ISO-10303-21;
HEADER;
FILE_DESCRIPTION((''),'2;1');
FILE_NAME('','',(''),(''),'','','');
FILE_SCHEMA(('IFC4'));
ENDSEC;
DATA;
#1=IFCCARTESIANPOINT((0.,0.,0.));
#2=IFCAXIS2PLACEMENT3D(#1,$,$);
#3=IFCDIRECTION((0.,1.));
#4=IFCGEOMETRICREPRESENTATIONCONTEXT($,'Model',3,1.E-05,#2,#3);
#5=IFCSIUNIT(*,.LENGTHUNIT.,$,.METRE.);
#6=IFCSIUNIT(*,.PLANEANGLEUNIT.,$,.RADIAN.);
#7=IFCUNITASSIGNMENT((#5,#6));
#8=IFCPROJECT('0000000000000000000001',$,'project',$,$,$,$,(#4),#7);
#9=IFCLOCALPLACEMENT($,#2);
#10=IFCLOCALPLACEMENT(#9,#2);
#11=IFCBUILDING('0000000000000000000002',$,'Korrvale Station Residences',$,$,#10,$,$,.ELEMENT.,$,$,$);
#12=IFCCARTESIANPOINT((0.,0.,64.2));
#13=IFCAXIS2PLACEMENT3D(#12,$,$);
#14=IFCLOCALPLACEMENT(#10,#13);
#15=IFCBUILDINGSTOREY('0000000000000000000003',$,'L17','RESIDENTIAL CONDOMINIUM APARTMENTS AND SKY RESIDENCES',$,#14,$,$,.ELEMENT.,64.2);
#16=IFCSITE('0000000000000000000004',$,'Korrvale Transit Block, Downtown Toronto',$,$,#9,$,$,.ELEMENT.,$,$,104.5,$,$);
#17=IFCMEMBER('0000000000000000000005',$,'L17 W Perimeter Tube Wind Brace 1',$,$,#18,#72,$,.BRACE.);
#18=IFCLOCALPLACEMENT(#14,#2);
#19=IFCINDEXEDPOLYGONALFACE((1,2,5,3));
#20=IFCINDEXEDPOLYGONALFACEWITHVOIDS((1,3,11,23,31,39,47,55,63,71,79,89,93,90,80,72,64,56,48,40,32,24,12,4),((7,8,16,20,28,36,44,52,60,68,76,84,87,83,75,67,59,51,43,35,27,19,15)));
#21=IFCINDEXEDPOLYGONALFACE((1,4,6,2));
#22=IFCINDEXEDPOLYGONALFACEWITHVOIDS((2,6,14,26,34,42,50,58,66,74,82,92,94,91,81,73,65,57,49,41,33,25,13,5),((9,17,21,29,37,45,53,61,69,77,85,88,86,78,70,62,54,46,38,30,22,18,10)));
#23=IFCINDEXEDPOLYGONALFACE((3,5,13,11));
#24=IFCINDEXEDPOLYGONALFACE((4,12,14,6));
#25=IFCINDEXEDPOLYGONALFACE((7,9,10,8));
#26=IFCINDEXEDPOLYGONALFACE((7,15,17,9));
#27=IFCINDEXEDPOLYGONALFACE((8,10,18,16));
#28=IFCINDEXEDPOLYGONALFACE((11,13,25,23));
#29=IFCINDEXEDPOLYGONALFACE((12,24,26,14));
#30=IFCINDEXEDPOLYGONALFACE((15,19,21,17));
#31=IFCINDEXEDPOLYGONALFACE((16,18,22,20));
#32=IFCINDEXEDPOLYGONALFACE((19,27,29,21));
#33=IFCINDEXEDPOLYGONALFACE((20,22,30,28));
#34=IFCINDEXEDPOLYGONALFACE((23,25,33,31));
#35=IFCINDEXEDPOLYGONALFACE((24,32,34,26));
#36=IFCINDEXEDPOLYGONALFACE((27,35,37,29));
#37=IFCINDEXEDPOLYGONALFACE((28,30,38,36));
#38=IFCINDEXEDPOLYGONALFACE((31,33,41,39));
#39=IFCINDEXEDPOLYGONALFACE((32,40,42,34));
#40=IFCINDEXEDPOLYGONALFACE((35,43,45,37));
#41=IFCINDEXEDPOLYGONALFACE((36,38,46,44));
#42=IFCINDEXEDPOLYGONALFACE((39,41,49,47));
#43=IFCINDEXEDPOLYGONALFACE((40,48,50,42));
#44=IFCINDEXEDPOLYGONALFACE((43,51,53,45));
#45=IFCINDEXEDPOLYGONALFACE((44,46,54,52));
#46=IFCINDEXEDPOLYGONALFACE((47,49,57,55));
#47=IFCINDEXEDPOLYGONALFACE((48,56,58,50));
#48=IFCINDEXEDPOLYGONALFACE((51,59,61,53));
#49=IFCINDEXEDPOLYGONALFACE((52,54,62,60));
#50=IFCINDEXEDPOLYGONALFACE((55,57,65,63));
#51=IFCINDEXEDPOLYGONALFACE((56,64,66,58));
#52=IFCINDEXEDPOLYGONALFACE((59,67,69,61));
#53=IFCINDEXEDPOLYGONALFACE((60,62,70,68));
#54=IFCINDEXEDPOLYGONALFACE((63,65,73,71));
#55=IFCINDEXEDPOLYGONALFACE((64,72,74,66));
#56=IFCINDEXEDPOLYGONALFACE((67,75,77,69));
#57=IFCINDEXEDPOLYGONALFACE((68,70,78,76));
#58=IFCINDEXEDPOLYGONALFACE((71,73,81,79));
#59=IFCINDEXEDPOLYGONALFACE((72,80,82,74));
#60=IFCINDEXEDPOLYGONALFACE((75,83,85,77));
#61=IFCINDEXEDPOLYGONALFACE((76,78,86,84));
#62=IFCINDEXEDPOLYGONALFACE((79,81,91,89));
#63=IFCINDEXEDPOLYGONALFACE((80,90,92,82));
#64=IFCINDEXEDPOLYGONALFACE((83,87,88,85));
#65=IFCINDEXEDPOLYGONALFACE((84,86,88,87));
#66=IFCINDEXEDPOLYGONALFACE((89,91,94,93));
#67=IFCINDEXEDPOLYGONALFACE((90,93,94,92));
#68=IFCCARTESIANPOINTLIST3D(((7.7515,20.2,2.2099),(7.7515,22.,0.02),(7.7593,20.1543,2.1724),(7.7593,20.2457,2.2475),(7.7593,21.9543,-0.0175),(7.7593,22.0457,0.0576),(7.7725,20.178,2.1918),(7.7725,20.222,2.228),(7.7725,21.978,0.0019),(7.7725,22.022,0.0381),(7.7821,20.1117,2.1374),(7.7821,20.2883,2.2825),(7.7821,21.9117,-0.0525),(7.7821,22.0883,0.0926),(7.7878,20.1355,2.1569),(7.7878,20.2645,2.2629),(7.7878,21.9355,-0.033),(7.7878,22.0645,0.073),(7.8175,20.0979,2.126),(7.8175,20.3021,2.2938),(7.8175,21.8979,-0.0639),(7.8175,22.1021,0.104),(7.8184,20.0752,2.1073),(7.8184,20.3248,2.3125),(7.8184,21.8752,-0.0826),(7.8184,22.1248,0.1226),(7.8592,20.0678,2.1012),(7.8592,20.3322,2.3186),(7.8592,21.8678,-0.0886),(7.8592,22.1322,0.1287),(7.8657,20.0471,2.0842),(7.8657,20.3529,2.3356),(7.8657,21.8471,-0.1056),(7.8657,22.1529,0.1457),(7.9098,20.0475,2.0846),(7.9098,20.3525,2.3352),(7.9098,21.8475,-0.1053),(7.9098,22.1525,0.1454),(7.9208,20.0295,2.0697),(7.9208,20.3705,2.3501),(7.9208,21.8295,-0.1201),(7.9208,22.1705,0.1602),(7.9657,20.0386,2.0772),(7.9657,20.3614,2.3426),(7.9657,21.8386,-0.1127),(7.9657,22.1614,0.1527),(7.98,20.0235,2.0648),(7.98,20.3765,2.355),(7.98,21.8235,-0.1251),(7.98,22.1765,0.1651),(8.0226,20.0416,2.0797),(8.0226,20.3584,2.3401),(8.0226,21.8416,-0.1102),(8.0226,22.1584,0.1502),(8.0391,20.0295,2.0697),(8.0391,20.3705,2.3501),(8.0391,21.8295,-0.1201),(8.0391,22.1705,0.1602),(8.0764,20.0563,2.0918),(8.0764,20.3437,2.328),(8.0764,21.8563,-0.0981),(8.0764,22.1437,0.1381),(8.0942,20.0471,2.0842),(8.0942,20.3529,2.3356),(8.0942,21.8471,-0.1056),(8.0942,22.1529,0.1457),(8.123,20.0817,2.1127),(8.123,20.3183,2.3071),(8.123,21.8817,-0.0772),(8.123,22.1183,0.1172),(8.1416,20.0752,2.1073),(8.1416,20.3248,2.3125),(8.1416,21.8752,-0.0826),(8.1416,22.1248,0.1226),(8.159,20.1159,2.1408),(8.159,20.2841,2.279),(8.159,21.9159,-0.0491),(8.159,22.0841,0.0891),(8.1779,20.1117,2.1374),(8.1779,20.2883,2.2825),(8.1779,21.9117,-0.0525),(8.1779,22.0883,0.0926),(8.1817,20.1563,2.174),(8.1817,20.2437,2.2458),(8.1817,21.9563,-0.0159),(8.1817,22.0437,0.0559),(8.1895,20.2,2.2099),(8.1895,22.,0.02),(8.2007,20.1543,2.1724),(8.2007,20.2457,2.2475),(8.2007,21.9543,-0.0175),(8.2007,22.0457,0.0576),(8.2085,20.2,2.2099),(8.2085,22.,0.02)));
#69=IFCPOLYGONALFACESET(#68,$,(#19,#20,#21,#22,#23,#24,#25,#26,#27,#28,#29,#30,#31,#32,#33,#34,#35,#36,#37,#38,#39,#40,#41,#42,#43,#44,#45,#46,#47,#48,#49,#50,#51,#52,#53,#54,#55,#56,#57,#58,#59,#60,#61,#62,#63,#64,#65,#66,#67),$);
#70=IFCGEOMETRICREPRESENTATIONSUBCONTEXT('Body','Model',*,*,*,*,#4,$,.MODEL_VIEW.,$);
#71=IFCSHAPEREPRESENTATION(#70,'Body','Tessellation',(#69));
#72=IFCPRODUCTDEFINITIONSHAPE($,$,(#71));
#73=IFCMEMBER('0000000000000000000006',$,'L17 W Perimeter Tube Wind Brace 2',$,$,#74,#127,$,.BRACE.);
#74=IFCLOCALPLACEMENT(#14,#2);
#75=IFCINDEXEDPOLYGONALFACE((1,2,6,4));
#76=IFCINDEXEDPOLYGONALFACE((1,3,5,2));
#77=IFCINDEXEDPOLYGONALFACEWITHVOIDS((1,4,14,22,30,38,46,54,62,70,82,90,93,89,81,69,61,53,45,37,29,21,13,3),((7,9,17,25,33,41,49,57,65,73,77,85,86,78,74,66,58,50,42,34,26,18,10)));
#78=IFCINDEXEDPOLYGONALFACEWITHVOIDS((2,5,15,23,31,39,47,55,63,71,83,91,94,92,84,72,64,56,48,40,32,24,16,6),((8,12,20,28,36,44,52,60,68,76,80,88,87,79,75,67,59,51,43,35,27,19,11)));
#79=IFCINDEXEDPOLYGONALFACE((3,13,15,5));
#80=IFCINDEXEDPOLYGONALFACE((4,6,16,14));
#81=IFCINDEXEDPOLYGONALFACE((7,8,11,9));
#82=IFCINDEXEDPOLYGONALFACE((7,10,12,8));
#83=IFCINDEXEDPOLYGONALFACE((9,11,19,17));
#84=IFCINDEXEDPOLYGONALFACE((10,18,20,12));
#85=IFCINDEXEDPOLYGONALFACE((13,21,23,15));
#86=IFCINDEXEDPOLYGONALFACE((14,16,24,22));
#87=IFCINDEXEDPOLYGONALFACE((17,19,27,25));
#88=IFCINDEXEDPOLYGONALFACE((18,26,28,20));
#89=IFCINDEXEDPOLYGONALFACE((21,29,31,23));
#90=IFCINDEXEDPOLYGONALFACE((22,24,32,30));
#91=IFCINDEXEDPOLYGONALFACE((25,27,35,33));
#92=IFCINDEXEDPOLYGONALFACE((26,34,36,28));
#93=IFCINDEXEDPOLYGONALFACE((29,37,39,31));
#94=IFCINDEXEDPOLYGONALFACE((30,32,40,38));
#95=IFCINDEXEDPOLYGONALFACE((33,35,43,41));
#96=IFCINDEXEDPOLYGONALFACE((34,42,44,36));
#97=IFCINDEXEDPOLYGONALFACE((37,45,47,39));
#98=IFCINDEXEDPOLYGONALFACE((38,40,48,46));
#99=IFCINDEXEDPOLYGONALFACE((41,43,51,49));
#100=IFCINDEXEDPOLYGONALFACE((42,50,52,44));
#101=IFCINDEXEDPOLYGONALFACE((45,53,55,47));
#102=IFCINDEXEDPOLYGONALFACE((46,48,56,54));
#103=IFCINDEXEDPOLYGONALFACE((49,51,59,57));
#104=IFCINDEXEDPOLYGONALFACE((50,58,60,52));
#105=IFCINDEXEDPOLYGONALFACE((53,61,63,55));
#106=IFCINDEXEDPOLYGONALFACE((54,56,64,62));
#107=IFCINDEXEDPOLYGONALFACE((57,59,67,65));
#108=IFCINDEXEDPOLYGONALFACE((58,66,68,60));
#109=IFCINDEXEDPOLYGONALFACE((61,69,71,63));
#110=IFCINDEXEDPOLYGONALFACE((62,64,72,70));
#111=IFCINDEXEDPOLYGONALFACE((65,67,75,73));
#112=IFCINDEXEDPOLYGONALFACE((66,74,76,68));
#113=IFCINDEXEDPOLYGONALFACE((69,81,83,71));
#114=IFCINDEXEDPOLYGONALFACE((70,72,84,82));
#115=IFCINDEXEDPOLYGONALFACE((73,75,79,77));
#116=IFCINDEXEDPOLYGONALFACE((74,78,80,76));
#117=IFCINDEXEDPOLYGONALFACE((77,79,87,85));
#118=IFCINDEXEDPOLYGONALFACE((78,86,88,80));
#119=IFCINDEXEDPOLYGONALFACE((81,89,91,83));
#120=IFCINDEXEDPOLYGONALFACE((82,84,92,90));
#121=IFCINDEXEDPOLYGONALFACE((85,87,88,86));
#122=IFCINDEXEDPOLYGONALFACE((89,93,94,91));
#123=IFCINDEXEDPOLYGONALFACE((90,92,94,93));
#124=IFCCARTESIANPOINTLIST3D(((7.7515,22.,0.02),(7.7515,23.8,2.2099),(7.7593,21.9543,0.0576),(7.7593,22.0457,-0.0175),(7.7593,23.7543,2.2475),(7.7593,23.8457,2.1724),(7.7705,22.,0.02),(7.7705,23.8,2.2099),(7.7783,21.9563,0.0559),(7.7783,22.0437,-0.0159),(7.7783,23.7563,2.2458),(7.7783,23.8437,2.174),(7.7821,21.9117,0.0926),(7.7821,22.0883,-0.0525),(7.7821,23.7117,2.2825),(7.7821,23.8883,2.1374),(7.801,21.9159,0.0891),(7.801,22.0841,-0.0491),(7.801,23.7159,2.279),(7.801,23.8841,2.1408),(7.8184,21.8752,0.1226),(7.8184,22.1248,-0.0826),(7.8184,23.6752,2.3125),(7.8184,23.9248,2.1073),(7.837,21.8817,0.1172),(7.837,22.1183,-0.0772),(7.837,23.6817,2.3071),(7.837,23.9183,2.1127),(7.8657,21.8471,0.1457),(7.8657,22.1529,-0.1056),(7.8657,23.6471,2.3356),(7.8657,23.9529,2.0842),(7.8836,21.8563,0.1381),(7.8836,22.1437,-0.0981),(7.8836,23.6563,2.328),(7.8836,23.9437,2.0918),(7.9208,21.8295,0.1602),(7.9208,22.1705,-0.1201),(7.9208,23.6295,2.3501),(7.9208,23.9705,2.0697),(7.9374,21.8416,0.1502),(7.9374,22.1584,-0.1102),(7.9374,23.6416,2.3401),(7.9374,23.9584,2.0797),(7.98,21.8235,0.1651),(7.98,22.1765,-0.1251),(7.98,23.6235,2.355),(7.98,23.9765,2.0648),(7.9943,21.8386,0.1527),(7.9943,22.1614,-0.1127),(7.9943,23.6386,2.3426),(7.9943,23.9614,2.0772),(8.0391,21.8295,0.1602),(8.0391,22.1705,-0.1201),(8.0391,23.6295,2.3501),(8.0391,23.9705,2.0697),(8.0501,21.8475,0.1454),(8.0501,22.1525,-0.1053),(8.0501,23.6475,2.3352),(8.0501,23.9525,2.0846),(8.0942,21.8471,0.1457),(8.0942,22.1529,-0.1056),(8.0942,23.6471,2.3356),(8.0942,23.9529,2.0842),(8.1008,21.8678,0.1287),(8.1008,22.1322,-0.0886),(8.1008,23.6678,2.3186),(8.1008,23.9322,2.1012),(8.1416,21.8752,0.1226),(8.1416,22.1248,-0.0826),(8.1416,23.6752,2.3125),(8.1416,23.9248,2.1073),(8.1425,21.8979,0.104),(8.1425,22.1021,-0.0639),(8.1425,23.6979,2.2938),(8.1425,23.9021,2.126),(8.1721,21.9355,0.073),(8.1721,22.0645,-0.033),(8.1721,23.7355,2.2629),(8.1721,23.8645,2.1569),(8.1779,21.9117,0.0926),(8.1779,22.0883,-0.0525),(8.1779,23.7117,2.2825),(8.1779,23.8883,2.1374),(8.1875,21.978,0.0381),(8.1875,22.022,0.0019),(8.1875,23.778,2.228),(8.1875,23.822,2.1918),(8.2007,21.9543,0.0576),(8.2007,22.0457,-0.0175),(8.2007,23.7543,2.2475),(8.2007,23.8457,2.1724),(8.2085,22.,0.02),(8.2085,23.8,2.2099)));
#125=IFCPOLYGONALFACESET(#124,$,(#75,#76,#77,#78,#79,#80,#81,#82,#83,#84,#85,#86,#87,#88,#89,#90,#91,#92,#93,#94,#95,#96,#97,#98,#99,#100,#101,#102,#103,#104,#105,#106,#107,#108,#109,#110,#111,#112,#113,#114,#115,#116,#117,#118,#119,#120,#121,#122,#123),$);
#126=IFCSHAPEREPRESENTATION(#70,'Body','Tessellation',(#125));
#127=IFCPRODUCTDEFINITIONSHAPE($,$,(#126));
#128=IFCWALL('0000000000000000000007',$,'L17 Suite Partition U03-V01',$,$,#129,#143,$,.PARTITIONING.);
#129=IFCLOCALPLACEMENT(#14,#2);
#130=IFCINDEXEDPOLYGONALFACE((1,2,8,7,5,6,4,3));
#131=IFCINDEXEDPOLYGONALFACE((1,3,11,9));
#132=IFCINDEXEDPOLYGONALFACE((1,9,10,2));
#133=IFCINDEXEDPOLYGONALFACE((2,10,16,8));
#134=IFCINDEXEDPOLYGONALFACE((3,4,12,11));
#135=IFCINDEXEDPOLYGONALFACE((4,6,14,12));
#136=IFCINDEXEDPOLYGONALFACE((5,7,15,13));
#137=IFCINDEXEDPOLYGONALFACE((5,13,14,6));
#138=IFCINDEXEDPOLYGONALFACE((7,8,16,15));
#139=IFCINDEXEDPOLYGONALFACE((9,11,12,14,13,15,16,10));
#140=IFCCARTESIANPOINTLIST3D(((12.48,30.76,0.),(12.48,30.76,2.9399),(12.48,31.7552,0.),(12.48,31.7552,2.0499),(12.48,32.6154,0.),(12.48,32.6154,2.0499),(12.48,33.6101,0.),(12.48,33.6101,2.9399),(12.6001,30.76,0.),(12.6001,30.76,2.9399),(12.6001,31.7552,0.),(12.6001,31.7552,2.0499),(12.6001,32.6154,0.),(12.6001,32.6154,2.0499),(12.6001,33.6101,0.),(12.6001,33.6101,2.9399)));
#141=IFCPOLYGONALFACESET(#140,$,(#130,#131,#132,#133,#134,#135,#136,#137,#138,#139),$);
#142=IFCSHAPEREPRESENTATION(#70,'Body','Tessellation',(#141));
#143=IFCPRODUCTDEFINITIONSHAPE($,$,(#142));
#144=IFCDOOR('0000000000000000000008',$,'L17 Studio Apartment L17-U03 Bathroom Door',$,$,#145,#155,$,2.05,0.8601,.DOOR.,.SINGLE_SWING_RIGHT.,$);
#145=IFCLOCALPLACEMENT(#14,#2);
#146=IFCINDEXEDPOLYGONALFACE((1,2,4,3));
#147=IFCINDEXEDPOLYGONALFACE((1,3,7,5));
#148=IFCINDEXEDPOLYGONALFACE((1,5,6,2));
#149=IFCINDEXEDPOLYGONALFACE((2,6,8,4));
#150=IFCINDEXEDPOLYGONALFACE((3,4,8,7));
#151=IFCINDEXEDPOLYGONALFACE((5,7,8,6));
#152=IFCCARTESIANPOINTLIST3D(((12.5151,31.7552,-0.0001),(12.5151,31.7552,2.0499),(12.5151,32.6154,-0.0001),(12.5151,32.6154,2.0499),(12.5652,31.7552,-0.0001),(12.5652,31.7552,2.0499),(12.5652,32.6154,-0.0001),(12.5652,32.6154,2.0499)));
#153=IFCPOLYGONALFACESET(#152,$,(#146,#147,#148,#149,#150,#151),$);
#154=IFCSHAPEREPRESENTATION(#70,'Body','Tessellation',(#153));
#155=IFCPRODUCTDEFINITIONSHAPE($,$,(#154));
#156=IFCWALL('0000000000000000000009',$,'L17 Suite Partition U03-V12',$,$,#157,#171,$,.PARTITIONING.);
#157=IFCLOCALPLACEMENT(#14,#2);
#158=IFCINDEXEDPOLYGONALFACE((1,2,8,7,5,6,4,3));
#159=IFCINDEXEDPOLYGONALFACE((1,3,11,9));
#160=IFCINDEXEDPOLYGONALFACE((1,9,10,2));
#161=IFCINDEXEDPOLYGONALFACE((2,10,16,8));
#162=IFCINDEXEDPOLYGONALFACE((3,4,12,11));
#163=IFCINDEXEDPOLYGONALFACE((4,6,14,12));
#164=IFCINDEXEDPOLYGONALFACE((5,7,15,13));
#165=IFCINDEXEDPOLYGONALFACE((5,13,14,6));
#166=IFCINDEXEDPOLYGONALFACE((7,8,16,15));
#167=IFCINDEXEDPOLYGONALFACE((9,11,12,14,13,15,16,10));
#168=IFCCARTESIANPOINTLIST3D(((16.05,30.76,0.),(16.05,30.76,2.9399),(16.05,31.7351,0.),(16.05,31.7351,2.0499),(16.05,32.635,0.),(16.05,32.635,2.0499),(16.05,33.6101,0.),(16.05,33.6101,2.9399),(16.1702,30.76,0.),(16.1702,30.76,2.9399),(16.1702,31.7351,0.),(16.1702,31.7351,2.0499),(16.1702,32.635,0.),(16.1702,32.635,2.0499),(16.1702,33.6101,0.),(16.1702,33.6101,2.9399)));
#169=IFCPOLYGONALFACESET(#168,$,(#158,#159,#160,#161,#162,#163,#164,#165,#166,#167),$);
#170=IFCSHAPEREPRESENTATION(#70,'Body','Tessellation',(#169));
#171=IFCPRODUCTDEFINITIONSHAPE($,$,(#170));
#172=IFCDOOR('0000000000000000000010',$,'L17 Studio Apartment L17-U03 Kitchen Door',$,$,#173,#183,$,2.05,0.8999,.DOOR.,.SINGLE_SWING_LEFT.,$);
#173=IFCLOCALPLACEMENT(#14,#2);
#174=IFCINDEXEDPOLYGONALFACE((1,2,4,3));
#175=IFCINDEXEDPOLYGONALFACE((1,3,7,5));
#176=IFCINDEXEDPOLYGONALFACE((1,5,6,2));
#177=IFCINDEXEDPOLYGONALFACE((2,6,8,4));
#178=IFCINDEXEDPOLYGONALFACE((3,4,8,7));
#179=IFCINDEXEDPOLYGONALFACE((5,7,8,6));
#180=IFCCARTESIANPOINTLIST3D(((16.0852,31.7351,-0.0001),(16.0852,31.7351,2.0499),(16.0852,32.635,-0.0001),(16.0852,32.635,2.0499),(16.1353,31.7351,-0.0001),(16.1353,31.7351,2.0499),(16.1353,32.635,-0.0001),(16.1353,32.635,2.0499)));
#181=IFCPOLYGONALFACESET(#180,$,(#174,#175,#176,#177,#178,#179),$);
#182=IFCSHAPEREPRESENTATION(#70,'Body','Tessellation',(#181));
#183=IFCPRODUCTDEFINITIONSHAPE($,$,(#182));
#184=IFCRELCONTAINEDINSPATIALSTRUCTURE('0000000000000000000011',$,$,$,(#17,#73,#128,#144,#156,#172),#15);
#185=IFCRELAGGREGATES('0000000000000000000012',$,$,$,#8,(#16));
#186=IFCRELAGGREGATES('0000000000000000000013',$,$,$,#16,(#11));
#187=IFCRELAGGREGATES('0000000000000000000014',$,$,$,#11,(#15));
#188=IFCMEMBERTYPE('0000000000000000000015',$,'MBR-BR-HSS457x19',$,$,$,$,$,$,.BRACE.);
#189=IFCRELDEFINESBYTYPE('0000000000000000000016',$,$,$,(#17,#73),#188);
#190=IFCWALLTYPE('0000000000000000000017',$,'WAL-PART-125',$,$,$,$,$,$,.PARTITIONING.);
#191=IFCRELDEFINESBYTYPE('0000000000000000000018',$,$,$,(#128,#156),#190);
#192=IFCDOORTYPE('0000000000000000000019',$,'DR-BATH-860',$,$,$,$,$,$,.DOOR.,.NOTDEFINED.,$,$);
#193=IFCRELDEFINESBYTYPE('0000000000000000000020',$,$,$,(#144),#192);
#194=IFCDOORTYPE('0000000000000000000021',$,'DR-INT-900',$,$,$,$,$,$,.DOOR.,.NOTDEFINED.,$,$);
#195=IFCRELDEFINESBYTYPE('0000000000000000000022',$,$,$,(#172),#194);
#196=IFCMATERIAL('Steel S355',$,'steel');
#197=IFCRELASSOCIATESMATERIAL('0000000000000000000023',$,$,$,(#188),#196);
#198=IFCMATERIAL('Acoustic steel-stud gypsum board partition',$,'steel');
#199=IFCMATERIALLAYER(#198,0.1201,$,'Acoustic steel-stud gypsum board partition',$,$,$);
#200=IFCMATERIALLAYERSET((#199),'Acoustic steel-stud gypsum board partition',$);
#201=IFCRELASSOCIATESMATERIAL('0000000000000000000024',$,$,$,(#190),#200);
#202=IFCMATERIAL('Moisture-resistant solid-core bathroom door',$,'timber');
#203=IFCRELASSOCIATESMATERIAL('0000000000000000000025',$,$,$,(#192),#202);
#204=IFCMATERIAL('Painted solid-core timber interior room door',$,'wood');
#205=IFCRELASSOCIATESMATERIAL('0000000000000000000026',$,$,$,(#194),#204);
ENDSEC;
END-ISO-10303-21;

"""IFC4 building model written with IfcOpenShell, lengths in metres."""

from ifc_helpers import new_model, si_unit, direction, frame, frame_2d, origin, origin_2d, place, context, subcontext, project, spatial, rectangle, hollow_circle, extrude, material, layer, layer_set, material_profile, profile_set, type_object, element, fill, save


model = new_model("IFC4")

# Units and contexts
model_context = context("Model", 3, precision=1e-05, world=origin(), true_north=direction((0.0, 1.0)))
body_context = subcontext(model_context, "Body", "Model", "MODEL_VIEW")
ifc_project = project(units=[si_unit("LENGTHUNIT", "METRE"), si_unit("PLANEANGLEUNIT", "RADIAN")], contexts=[model_context])

# Site, building, storey
site_placement = place(None, origin())
site = spatial("IfcSite", under=ifc_project, at=site_placement, Name="Korrvale Transit Block, Downtown Toronto", CompositionType="ELEMENT", RefElevation=104.5)
building_placement = place(site_placement, origin())
building = spatial("IfcBuilding", under=site, at=building_placement, Name="Korrvale Station Residences", CompositionType="ELEMENT")
storey_placement = place(building_placement, frame((0.0, 0.0, 64.2)))
storey = spatial("IfcBuildingStorey", under=building, at=storey_placement, Name="L17", Description="RESIDENTIAL CONDOMINIUM APARTMENTS AND SKY RESIDENCES", CompositionType="ELEMENT", Elevation=64.2)

# Shared definitions
ifc_material_1 = material(Name="Steel S355", Category="steel")

# Members
ifc_material_profile_1 = material_profile(ifc_material_1, hollow_circle(Radius=0.2285, WallThickness=0.019, at=origin_2d()), Name="HSS457x19")
ifc_profile_set_1 = profile_set([ifc_material_profile_1], Name="Steel S355")
member_type = type_object("IfcMemberType", Name="MBR-BR-HSS457x19", PredefinedType="BRACE", material=ifc_profile_set_1)
for number, where, z_axis, x_axis, name in (
    (1, (7.98, 22.0, 0.02), (0.0, -0.634985, 0.772524), (1.0, 0.0, 0.0), "L17 W Perimeter Tube Wind Brace 1"),
    (2, (7.98, 22.0, 0.02), (0.0, 0.634985, 0.772524), (-1.0, 0.0, 0.0), "L17 W Perimeter Tube Wind Brace 2"),
):
    element("IfcMember", number, at=place(storey_placement, frame(where, z_axis=z_axis, x_axis=x_axis)), inside=storey, type_object=member_type, Name=name, PredefinedType="BRACE", context=body_context, shape_type="SweptSolid", body=[
        extrude(hollow_circle(Radius=0.2285, WallThickness=0.019, at=origin_2d()), origin(), (0.0, 0.0, 1.0), 2.8347),
    ])

# Walls, openings, doors
ifc_material_2 = material(Name="Acoustic steel-stud gypsum board partition", Category="steel")
ifc_layer_1 = layer(ifc_material_2, 0.1201, Name="Acoustic steel-stud gypsum board partition")
ifc_layer_set_1 = layer_set([ifc_layer_1], Name="Acoustic steel-stud gypsum board partition")
wall_type_1 = type_object("IfcWallType", Name="WAL-PART-125", PredefinedType="PARTITIONING", material=ifc_layer_set_1)
wall_1_placement = place(storey_placement, frame((12.54, 30.76, 0.0), z_axis=(0.0, 0.0, 1.0), x_axis=(0.0, 1.0, 0.0)))
wall_1 = element("IfcWall", 3, at=wall_1_placement, inside=storey, type_object=wall_type_1, Name="L17 Suite Partition U03-V01", PredefinedType="PARTITIONING", context=body_context, shape_type="SweptSolid", body=[
    extrude(rectangle(XDim=2.8501, YDim=0.1201, at=frame_2d((1.425, 0.0))), origin(), (0.0, 0.0, 1.0), 2.9399),
])
opening_1_placement = place(wall_1_placement, frame((0.9951, 0.0, 0.0)))
opening_1 = element("IfcOpeningElement", 4, at=opening_1_placement, cuts=wall_1, PredefinedType="OPENING", context=body_context, shape_type="SweptSolid", body=[
    extrude(rectangle(XDim=0.8601, YDim=2.05, at=frame_2d((0.4302, 1.0249))), frame((0.0, 0.0701, 0.0), z_axis=(0.0, -1.0, 0.0), x_axis=(1.0, 0.0, 0.0)), (0.0, 0.0, 1.0), 0.1401),
])
ifc_material_3 = material(Name="Moisture-resistant solid-core bathroom door", Category="timber")
door_type_1 = type_object("IfcDoorType", Name="DR-BATH-860", OperationType="NOTDEFINED", PredefinedType="DOOR", material=ifc_material_3)
door_1_placement = place(opening_1_placement, origin())
door_1 = element("IfcDoor", 5, at=door_1_placement, inside=storey, type_object=door_type_1, Name="L17 Studio Apartment L17-U03 Bathroom Door", OperationType="SINGLE_SWING_RIGHT", OverallHeight=2.05, OverallWidth=0.8601, PredefinedType="DOOR", context=body_context, shape_type="SweptSolid", body=[
    extrude(rectangle(XDim=0.8601, YDim=2.05, at=frame_2d((0.4302, 1.0249))), frame((0.0, 0.0249, 0.0), z_axis=(0.0, -1.0, 0.0), x_axis=(1.0, 0.0, 0.0)), (0.0, 0.0, 1.0), 0.05),
])
fill(opening_1, door_1)
wall_2_placement = place(storey_placement, frame((16.1101, 30.76, 0.0), z_axis=(0.0, 0.0, 1.0), x_axis=(0.0, 1.0, 0.0)))
wall_2 = element("IfcWall", 6, at=wall_2_placement, inside=storey, type_object=wall_type_1, Name="L17 Suite Partition U03-V12", PredefinedType="PARTITIONING", context=body_context, shape_type="SweptSolid", body=[
    extrude(rectangle(XDim=2.8501, YDim=0.1201, at=frame_2d((1.425, 0.0))), origin(), (0.0, 0.0, 1.0), 2.9399),
])
opening_2_placement = place(wall_2_placement, frame((0.9751, 0.0, 0.0)))
opening_2 = element("IfcOpeningElement", 7, at=opening_2_placement, cuts=wall_2, PredefinedType="OPENING", context=body_context, shape_type="SweptSolid", body=[
    extrude(rectangle(XDim=0.8999, YDim=2.05, at=frame_2d((0.45, 1.0249))), frame((0.0, 0.0701, 0.0), z_axis=(0.0, -1.0, 0.0), x_axis=(1.0, 0.0, 0.0)), (0.0, 0.0, 1.0), 0.1401),
])
ifc_material_4 = material(Name="Painted solid-core timber interior room door", Category="wood")
door_type_2 = type_object("IfcDoorType", Name="DR-INT-900", OperationType="NOTDEFINED", PredefinedType="DOOR", material=ifc_material_4)
door_2_placement = place(opening_2_placement, origin())
door_2 = element("IfcDoor", 8, at=door_2_placement, inside=storey, type_object=door_type_2, Name="L17 Studio Apartment L17-U03 Kitchen Door", OperationType="SINGLE_SWING_LEFT", OverallHeight=2.05, OverallWidth=0.8999, PredefinedType="DOOR", context=body_context, shape_type="SweptSolid", body=[
    extrude(rectangle(XDim=0.8999, YDim=2.05, at=frame_2d((0.45, 1.0249))), frame((0.0, 0.0249, 0.0), z_axis=(0.0, -1.0, 0.0), x_axis=(1.0, 0.0, 0.0)), (0.0, 0.0, 1.0), 0.05),
])
fill(opening_2, door_2)

save(model, "model.ifc")
